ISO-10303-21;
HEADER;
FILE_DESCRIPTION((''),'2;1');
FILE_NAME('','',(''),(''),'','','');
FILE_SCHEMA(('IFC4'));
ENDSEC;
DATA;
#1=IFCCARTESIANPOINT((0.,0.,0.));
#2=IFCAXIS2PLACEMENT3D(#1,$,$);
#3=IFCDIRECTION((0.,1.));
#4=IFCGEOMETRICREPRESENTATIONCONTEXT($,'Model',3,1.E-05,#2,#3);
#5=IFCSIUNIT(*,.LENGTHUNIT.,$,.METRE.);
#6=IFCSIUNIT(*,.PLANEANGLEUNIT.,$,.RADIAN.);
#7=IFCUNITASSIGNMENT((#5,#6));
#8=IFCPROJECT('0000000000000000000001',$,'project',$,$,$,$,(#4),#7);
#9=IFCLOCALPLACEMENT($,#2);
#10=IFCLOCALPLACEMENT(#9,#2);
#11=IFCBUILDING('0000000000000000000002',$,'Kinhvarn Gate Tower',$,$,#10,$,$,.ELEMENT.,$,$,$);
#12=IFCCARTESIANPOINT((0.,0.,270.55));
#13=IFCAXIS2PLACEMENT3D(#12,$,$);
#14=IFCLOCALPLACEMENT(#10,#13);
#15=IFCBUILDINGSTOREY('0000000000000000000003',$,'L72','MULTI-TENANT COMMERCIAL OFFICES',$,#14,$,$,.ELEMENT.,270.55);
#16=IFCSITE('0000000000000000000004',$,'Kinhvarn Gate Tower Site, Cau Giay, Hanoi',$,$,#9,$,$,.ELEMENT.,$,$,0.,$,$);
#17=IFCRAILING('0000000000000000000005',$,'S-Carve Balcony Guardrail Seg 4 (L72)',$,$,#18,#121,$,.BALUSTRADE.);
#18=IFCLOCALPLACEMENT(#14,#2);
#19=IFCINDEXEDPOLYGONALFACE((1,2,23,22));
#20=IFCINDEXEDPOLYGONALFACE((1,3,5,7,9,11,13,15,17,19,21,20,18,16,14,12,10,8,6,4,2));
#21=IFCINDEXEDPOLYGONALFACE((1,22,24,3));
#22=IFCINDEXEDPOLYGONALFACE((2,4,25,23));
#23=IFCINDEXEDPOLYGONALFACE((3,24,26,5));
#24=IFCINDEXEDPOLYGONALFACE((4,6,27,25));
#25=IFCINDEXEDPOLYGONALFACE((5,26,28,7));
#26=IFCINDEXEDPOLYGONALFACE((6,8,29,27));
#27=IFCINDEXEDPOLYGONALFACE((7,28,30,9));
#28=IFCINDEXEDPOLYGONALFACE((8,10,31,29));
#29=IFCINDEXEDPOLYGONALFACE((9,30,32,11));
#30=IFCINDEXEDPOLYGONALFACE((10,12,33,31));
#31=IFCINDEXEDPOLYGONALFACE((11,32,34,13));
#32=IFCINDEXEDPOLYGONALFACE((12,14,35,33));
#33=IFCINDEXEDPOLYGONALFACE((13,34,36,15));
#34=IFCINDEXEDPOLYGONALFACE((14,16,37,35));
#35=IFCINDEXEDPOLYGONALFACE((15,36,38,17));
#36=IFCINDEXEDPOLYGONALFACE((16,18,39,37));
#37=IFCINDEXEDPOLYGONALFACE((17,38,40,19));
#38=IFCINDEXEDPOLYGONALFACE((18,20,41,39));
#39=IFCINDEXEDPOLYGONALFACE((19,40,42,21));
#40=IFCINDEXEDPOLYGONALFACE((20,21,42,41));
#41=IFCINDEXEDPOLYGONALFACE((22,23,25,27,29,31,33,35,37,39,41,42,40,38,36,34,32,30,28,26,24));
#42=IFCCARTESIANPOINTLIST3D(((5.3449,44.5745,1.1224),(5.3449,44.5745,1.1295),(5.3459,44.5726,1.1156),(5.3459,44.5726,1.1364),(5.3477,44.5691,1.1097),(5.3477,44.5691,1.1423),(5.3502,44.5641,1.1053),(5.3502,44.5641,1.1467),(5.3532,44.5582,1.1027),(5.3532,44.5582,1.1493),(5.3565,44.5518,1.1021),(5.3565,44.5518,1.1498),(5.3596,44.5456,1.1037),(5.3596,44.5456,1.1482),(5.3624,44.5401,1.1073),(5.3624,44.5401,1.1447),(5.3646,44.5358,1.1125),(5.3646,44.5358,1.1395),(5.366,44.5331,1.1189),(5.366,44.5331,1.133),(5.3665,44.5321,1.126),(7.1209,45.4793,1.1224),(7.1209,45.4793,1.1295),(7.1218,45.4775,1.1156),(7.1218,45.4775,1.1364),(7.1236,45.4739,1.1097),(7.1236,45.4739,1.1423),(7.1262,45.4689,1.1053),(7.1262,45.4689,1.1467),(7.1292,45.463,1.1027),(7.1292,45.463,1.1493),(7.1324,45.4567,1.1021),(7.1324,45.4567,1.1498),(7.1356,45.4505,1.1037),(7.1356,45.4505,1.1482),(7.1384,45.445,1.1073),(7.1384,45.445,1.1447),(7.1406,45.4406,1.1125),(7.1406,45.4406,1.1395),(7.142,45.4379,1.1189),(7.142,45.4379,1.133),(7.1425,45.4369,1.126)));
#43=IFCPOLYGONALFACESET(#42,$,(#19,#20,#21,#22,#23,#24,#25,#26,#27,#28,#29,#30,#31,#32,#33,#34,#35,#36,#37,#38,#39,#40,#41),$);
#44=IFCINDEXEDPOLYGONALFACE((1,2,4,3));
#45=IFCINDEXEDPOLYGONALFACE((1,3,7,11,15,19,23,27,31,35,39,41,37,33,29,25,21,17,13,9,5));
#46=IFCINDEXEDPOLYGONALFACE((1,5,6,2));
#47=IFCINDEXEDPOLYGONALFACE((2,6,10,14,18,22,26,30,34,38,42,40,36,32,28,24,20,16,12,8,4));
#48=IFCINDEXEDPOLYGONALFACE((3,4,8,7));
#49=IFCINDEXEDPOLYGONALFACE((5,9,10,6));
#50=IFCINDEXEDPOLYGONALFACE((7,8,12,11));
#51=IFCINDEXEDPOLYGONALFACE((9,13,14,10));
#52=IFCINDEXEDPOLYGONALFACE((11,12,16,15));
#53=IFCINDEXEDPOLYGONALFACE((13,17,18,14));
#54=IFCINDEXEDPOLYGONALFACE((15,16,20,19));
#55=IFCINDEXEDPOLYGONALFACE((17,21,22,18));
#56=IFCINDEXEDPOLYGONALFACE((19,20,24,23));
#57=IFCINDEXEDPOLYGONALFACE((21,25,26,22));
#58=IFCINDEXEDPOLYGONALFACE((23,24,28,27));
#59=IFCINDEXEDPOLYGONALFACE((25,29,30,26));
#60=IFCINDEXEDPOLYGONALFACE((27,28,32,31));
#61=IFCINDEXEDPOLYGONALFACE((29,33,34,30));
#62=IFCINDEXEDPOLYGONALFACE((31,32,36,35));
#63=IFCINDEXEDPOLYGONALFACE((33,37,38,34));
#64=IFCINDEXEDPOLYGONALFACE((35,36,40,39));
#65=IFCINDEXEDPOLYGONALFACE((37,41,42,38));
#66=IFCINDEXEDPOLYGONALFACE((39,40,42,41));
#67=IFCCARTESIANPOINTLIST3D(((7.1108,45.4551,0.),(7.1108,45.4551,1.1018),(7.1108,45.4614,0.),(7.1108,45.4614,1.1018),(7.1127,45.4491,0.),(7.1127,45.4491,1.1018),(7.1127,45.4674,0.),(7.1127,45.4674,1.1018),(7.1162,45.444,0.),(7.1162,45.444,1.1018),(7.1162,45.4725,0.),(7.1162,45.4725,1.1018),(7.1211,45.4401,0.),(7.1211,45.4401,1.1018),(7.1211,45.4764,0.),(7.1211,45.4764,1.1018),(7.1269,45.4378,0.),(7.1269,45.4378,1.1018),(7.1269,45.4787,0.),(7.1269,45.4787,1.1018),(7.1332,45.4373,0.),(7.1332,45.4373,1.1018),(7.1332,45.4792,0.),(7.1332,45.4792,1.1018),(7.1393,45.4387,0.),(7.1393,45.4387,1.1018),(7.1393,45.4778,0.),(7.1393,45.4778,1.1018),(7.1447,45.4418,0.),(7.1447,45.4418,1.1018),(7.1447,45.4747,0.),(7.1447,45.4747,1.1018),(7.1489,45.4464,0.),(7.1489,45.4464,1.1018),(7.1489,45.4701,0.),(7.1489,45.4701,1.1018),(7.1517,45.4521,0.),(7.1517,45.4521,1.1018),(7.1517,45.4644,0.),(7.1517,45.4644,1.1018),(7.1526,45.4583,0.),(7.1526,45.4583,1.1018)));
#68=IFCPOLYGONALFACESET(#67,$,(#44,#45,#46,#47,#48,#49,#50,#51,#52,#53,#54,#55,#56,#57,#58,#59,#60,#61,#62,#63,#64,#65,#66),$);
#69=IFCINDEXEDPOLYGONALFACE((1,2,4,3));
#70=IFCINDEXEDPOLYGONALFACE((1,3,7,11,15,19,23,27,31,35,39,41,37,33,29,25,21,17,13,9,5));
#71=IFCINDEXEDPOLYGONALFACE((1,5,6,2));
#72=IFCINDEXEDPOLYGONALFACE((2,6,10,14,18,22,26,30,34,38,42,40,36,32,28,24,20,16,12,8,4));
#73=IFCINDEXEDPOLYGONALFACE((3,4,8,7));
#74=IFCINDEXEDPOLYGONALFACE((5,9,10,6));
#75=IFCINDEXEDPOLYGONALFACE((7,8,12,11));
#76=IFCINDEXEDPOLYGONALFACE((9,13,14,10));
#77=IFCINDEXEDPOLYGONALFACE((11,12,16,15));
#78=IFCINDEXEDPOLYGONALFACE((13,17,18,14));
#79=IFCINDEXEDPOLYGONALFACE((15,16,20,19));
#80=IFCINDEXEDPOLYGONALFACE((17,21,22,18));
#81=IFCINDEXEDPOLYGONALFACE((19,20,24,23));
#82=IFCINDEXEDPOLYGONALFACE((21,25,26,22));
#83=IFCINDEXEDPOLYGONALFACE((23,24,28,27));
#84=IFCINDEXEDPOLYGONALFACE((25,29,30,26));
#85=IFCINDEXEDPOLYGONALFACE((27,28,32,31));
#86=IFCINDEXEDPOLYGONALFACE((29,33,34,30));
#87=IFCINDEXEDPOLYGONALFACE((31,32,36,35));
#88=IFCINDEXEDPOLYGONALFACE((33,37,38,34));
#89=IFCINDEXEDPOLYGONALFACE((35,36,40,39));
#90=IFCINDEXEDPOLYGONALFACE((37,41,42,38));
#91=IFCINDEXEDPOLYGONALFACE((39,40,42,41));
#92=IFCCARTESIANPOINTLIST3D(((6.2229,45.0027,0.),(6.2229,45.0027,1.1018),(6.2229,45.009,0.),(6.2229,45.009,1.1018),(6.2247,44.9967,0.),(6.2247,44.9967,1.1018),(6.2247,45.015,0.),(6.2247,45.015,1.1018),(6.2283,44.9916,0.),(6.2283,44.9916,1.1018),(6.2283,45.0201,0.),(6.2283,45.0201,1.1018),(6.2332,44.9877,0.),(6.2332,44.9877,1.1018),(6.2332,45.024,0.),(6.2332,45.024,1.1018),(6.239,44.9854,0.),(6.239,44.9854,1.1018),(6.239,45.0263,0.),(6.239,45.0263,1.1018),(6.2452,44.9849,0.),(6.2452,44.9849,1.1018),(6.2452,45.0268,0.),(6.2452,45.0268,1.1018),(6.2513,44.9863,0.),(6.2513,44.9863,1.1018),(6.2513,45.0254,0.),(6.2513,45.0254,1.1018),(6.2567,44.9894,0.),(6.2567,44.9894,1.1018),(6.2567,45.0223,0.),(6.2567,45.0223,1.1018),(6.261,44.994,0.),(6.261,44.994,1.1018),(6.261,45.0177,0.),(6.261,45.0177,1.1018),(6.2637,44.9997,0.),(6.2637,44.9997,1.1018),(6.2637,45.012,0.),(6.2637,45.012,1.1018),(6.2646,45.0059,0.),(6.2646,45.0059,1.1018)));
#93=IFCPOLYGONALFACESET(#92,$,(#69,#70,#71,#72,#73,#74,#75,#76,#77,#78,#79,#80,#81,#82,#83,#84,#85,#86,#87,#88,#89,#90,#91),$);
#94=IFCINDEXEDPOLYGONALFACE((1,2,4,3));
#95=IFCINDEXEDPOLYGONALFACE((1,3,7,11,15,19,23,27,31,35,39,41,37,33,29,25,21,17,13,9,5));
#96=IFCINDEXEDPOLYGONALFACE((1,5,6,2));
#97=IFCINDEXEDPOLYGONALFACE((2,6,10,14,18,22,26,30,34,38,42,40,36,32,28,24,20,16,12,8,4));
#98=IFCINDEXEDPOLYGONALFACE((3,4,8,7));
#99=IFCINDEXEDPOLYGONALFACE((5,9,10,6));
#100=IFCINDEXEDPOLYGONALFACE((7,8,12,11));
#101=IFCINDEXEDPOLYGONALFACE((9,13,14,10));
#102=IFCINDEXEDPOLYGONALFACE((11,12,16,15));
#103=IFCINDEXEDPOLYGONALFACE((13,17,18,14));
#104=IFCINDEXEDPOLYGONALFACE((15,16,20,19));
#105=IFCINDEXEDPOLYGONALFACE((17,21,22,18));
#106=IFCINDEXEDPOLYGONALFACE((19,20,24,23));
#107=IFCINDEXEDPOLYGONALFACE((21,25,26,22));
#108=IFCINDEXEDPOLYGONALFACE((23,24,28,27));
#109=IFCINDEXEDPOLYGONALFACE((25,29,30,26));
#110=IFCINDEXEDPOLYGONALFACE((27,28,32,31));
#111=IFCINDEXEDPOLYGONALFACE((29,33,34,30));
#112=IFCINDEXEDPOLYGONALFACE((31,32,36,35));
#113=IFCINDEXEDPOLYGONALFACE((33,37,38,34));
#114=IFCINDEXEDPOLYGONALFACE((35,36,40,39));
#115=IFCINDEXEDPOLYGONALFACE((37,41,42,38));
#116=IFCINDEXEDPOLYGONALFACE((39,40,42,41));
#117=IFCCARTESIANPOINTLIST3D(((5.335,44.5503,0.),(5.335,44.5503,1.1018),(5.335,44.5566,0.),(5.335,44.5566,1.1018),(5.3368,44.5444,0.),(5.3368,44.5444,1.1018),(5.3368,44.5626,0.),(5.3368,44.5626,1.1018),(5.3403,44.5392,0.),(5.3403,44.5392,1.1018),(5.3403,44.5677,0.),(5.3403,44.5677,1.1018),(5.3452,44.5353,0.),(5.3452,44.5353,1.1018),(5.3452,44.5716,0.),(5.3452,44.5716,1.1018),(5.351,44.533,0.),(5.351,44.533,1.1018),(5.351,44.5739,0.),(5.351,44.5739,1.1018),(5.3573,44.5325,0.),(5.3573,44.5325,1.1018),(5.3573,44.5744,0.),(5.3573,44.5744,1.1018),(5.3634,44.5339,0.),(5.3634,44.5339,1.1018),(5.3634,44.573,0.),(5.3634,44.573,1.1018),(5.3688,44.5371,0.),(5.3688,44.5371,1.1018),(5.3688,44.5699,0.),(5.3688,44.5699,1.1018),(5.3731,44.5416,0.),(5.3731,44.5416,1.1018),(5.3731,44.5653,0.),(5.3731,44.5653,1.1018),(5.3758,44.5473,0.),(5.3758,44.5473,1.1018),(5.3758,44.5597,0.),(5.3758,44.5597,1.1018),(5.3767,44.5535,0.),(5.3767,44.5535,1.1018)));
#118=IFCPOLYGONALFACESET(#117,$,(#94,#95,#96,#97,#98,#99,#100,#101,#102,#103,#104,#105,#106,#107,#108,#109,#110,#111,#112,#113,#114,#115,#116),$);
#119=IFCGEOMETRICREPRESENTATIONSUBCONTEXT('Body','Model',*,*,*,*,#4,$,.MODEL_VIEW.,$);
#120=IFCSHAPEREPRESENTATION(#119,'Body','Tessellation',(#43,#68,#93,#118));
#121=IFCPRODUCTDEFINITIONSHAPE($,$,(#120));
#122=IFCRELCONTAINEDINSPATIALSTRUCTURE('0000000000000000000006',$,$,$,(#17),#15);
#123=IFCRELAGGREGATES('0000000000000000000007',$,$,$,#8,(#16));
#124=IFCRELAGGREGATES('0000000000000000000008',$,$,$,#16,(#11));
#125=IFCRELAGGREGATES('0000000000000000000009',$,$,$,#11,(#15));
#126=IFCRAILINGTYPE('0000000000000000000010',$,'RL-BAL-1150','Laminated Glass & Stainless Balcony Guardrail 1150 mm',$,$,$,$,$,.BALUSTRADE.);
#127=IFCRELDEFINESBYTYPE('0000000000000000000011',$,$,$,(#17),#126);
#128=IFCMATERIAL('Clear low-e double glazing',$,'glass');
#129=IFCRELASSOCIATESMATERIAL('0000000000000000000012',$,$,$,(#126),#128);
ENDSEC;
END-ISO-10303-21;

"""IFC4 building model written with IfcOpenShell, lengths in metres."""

from ifc_helpers import new_model, si_unit, direction, frame, origin, origin_2d, place, context, subcontext, project, spatial, circle, extrude, material, type_object, element, save


model = new_model("IFC4")

# Units and contexts
model_context = context("Model", 3, precision=1e-05, world=origin(), true_north=direction((0.0, 1.0)))
body_context = subcontext(model_context, "Body", "Model", "MODEL_VIEW")
ifc_project = project(units=[si_unit("LENGTHUNIT", "METRE"), si_unit("PLANEANGLEUNIT", "RADIAN")], contexts=[model_context])

# Site, building, storey
site_placement = place(None, origin())
site = spatial("IfcSite", under=ifc_project, at=site_placement, Name="Kinhvarn Gate Tower Site, Cau Giay, Hanoi", CompositionType="ELEMENT", RefElevation=0.0)
building_placement = place(site_placement, origin())
building = spatial("IfcBuilding", under=site, at=building_placement, Name="Kinhvarn Gate Tower", CompositionType="ELEMENT")
storey_placement = place(building_placement, frame((0.0, 0.0, 270.55)))
storey = spatial("IfcBuildingStorey", under=building, at=storey_placement, Name="L72", Description="MULTI-TENANT COMMERCIAL OFFICES", CompositionType="ELEMENT", Elevation=270.55)

# Shared definitions
ifc_material_1 = material(Name="Clear low-e double glazing", Category="glass")

# Railing
railing_type = type_object("IfcRailingType", Name="RL-BAL-1150", Description="Laminated Glass & Stainless Balcony Guardrail 1150 mm", PredefinedType="BALUSTRADE", material=ifc_material_1)
railing_1_placement = place(storey_placement, frame((7.1316, 45.4583, 0.0)))
element("IfcRailing", 1, at=railing_1_placement, inside=storey, type_object=railing_type, Name="S-Carve Balcony Guardrail Seg 4 (L72)", PredefinedType="BALUSTRADE", context=body_context, shape_type="SweptSolid", body=[
    extrude(circle(Radius=0.0239, at=origin_2d()), frame((0.0, 0.0, 1.126), z_axis=(-0.891021, -0.453962, 0.0), x_axis=(0.453962, -0.891021, 0.0)), (0.0, 0.0, 1.0), 1.9932),
    extrude(circle(Radius=0.021, at=origin_2d()), origin(), (0.0, 0.0, 1.0), 1.1018),
    extrude(circle(Radius=0.021, at=origin_2d()), frame((-0.8879, -0.4524, 0.0)), (0.0, 0.0, 1.0), 1.1018),
    extrude(circle(Radius=0.021, at=origin_2d()), frame((-1.7759, -0.9048, 0.0)), (0.0, 0.0, 1.0), 1.1018),
])

save(model, "model.ifc")
